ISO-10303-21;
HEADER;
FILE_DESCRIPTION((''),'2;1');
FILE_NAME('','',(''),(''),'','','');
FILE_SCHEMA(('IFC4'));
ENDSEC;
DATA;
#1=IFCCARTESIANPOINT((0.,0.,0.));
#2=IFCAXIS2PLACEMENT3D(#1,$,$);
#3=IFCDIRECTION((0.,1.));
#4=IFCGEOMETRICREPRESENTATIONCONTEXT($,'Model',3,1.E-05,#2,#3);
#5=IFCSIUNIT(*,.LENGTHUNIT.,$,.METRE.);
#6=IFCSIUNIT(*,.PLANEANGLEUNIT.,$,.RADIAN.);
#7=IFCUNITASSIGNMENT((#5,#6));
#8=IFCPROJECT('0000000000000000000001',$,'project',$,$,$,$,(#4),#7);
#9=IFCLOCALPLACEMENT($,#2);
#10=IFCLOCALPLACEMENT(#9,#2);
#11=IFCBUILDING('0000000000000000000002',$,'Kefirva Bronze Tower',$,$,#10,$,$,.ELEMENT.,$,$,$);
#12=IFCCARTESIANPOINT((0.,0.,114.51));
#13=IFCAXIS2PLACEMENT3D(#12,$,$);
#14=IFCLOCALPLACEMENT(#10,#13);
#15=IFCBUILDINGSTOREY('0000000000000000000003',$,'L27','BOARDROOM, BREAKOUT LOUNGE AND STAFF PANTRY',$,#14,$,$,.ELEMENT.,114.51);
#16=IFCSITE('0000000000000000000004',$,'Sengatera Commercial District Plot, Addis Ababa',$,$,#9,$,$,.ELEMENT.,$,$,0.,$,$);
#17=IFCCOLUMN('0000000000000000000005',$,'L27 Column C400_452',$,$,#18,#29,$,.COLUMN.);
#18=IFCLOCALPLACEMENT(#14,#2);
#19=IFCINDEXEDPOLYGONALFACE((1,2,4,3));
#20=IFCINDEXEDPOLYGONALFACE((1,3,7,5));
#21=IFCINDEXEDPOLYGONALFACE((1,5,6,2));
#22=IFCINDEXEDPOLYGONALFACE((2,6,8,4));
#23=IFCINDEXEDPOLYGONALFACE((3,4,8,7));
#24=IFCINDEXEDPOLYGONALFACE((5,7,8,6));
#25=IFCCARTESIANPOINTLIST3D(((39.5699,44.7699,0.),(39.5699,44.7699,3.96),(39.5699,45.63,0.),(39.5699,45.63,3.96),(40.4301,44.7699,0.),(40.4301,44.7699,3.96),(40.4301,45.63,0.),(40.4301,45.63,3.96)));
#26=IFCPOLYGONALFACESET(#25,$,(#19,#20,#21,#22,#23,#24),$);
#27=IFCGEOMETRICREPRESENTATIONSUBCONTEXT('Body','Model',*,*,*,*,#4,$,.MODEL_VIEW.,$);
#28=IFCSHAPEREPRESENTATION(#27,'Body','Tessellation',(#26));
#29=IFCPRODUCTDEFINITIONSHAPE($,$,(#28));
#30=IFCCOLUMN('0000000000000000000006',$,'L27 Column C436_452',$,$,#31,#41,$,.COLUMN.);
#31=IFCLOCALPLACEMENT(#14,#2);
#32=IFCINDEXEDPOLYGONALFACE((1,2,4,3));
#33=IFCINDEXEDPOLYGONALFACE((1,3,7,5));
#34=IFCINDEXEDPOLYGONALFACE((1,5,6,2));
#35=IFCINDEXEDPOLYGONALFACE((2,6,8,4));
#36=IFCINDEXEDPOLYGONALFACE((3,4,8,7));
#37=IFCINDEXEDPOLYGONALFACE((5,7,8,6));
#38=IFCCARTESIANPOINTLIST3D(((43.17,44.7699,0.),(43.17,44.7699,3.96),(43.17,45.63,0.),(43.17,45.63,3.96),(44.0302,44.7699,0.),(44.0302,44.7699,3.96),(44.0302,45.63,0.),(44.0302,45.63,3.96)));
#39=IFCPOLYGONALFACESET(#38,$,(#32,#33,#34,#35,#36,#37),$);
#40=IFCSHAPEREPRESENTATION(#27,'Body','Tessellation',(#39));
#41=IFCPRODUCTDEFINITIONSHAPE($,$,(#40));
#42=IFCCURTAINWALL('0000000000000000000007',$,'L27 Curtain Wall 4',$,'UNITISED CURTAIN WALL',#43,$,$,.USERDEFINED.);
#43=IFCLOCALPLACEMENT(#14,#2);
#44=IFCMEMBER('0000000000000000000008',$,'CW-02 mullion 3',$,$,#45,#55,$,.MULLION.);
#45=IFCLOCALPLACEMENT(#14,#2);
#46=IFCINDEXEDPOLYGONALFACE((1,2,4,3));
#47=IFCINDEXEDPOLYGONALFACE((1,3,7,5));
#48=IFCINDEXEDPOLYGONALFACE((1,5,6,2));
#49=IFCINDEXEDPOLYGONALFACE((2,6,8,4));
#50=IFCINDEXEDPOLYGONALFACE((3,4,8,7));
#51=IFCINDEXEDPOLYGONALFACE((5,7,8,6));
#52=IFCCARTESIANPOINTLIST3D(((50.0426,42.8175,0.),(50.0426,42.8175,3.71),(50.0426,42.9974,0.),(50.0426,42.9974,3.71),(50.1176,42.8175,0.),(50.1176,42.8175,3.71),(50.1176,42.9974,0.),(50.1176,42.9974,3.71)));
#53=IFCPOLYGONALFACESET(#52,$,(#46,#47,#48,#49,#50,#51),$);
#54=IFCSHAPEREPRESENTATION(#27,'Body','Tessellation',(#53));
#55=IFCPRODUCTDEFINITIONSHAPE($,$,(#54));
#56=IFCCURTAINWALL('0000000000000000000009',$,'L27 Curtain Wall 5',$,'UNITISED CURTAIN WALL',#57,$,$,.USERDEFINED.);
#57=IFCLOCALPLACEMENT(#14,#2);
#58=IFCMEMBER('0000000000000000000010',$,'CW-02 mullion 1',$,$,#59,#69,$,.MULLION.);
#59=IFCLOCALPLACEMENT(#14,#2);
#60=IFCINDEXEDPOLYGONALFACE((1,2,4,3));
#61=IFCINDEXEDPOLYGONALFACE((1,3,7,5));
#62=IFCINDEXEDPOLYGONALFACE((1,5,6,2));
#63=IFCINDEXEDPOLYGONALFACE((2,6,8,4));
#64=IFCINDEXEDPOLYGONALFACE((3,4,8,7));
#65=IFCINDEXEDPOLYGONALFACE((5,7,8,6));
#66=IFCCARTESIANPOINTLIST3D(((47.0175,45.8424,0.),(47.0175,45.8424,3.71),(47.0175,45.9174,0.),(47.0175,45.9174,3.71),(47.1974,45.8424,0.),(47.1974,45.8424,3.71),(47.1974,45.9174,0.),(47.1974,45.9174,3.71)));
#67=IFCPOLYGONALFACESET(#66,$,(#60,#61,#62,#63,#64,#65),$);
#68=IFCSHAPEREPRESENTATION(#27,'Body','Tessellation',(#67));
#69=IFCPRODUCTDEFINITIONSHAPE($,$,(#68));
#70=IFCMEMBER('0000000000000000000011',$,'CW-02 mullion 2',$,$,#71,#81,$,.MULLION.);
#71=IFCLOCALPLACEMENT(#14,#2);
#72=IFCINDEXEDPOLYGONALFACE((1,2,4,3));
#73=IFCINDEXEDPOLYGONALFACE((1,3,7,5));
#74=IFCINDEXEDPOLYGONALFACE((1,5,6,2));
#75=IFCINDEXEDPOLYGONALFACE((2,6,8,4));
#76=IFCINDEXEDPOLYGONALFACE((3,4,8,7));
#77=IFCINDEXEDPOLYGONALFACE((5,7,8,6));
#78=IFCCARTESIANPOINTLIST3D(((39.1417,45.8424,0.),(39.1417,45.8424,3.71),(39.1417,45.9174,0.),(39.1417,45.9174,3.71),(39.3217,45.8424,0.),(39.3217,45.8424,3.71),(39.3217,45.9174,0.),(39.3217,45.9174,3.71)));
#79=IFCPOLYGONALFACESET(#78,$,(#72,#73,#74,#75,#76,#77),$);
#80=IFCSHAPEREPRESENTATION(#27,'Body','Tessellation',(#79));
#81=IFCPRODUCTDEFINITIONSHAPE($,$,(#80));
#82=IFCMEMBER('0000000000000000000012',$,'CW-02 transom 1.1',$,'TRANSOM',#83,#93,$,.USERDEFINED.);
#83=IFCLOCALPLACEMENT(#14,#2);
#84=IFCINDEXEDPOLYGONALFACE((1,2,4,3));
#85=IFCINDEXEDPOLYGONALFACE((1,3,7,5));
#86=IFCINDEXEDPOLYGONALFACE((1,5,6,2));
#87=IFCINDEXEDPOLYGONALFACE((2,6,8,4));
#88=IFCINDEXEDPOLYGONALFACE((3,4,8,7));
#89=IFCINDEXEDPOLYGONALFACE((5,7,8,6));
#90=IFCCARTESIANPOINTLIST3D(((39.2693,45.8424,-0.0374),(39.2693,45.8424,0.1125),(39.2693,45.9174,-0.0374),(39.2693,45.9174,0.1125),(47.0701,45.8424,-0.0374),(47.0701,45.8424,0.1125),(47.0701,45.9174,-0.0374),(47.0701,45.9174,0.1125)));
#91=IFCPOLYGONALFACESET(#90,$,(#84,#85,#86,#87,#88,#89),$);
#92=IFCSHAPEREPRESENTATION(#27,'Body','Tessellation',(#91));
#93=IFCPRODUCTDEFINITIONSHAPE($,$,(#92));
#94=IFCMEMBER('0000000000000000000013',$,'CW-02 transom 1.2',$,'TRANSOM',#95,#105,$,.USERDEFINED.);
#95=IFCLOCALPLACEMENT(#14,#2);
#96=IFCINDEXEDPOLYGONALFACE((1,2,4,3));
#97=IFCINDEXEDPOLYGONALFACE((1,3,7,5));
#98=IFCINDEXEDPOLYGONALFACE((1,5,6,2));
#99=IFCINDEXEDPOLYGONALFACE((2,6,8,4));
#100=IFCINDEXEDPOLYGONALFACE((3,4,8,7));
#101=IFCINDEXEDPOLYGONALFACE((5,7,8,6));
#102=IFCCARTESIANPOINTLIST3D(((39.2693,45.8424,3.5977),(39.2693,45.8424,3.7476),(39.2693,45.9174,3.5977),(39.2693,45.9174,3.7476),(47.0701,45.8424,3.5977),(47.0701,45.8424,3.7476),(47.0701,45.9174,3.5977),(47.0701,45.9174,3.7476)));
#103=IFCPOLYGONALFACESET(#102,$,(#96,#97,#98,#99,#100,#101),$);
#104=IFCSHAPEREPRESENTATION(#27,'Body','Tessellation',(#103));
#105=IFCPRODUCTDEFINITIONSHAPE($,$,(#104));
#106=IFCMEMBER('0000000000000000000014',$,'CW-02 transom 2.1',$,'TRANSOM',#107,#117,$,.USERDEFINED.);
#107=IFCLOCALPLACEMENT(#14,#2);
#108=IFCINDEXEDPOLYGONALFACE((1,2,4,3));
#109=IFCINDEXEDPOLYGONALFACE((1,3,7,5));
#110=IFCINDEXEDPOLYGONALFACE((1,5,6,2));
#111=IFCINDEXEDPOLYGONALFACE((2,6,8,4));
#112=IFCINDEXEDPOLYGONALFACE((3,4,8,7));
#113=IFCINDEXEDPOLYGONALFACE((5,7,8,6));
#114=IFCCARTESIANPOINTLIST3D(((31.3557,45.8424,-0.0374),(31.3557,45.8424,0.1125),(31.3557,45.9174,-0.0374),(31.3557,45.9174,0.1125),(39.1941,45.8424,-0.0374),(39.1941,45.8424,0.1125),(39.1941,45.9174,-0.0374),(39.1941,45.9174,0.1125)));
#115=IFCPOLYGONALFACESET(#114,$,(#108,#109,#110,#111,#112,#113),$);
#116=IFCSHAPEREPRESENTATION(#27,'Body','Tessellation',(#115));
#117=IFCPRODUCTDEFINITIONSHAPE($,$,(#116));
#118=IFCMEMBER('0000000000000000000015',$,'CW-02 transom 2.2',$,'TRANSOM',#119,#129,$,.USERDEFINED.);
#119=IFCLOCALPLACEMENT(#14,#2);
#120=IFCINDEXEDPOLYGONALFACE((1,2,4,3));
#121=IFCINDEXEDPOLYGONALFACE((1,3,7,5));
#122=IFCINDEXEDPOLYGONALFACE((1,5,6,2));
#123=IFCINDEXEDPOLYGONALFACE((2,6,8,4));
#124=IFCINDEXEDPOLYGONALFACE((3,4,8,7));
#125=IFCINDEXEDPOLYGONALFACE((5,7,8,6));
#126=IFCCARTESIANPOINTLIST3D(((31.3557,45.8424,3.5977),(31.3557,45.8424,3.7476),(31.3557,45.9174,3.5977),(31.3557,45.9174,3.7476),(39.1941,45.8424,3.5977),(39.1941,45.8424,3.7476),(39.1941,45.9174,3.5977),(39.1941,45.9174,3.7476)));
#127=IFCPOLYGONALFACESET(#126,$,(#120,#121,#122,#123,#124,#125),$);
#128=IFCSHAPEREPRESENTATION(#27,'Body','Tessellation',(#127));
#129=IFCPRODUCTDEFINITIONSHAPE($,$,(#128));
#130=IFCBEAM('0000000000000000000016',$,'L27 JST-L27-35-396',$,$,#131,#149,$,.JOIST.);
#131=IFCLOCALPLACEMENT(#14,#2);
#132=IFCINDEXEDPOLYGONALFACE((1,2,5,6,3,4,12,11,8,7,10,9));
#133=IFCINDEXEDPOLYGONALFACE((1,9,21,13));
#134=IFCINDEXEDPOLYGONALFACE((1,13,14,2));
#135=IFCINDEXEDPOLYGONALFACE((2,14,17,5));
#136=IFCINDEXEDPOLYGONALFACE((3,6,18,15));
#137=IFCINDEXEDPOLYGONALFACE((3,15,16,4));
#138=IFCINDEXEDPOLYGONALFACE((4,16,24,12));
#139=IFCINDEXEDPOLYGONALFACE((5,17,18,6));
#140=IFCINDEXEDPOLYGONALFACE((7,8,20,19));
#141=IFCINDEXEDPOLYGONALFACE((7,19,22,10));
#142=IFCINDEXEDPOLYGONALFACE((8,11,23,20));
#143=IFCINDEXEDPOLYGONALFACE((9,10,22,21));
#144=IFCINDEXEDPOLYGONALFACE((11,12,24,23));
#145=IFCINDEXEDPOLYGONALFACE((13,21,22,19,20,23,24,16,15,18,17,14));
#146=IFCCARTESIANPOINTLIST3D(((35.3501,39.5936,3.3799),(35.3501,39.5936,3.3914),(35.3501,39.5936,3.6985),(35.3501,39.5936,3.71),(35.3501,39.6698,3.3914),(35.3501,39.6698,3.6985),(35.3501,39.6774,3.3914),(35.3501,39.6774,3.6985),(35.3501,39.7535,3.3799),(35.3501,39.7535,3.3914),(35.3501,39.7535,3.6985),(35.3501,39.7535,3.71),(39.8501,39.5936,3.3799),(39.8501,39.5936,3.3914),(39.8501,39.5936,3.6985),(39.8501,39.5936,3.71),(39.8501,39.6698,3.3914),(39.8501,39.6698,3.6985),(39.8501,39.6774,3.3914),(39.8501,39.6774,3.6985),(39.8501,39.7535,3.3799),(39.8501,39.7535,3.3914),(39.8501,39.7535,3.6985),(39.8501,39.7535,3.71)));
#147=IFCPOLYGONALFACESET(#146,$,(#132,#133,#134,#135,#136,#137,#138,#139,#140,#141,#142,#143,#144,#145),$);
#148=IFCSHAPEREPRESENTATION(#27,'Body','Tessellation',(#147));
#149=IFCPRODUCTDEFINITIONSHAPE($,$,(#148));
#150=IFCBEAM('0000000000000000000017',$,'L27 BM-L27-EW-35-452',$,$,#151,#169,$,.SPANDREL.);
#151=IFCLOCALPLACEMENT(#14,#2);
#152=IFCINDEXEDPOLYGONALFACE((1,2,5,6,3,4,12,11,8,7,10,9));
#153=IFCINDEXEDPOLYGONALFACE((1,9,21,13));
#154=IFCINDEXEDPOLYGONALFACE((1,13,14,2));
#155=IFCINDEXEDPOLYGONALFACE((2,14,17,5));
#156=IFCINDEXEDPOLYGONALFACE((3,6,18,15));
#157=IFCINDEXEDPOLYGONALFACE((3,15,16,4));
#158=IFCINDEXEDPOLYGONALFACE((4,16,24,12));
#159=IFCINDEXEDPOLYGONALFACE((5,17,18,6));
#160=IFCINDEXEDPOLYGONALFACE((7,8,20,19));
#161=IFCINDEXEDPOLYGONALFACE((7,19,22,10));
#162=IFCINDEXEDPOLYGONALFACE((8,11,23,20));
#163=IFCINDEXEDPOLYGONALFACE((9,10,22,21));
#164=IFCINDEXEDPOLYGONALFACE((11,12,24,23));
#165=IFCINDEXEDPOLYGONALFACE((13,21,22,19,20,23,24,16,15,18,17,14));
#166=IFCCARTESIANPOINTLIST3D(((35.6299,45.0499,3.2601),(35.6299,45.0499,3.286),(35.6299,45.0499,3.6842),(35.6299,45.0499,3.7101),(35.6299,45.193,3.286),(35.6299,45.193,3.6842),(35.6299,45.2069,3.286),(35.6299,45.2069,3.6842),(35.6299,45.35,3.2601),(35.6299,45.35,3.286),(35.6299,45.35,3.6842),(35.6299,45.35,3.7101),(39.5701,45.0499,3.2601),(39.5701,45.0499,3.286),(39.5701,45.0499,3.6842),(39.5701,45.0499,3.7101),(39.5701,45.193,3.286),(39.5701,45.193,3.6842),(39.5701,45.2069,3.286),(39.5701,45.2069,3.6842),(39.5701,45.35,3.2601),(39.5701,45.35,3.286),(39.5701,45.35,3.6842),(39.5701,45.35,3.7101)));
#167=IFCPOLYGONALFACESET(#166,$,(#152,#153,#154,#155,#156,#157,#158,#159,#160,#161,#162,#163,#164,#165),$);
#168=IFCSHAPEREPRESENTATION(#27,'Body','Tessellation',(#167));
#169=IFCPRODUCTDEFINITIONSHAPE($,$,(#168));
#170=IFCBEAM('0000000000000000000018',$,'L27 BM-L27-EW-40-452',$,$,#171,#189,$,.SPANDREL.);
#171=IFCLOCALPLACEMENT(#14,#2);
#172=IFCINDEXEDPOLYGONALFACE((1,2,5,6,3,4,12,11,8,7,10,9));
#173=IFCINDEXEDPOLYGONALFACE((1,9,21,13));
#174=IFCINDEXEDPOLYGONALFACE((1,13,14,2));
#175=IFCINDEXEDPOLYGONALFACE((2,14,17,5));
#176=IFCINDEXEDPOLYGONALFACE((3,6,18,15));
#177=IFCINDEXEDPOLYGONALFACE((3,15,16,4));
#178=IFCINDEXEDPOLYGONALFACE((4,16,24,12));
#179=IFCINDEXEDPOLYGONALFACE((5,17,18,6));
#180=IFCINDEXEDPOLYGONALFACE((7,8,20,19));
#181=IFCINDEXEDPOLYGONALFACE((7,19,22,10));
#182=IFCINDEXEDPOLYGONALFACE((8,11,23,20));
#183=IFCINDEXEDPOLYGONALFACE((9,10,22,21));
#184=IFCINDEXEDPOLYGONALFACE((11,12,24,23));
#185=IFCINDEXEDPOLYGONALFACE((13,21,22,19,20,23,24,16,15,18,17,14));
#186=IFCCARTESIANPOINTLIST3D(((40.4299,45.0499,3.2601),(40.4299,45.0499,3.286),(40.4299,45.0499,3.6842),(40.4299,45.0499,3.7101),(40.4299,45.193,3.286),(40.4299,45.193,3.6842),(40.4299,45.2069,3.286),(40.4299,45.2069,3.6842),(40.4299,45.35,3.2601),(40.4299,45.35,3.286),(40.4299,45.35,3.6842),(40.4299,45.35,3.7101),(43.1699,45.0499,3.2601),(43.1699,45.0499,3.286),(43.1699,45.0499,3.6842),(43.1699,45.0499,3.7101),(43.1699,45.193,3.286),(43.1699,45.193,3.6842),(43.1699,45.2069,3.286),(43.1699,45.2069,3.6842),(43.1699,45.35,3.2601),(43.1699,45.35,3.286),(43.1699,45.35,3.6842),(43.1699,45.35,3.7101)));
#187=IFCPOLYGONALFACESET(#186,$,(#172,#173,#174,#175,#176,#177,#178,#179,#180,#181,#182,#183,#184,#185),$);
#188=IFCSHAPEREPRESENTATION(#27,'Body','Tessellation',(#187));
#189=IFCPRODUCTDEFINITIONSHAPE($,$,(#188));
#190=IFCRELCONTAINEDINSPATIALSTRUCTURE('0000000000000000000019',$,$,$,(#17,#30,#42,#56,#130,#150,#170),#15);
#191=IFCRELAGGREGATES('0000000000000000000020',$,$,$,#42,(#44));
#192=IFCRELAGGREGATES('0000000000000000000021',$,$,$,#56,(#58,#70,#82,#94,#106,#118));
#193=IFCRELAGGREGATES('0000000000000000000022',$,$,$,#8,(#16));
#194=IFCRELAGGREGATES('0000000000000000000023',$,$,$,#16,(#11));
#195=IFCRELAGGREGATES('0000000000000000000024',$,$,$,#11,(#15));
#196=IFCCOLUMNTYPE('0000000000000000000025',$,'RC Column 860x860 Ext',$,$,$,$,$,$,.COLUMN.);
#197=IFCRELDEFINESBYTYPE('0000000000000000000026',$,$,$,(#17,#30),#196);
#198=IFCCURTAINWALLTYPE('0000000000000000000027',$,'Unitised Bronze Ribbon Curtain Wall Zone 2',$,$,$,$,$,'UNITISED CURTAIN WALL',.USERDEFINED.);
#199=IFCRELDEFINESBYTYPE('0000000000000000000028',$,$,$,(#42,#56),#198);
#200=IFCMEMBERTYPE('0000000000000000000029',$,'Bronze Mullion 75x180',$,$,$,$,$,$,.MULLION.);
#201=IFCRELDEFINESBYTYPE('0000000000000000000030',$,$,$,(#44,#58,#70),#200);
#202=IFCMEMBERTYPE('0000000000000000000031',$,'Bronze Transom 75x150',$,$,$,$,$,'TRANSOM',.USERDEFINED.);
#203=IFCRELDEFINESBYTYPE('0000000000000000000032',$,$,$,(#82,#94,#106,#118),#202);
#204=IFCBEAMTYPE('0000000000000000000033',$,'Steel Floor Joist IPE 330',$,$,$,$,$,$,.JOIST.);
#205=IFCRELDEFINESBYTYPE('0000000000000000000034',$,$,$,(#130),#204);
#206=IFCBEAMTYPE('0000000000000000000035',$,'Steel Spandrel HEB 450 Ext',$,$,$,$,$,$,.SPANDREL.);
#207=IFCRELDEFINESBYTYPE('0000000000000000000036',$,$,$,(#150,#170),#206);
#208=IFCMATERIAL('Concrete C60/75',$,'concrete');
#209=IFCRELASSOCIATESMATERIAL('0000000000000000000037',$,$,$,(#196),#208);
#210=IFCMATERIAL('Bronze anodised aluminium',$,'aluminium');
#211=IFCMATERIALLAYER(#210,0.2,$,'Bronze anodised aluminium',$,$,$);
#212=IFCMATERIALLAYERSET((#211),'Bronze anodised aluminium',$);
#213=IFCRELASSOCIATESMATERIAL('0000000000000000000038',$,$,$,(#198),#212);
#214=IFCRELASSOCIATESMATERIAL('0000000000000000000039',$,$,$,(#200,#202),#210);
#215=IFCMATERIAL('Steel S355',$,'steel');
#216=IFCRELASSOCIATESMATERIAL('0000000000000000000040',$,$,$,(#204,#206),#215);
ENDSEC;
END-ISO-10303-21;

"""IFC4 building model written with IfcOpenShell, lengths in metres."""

from ifc_helpers import new_model, si_unit, direction, frame, origin, origin_2d, place, context, subcontext, project, spatial, rectangle, i_section, extrude, material, layer, layer_set, material_profile, profile_set, type_object, element, aggregate, save


model = new_model("IFC4")

# Units and contexts
model_context = context("Model", 3, precision=1e-05, world=origin(), true_north=direction((0.0, 1.0)))
body_context = subcontext(model_context, "Body", "Model", "MODEL_VIEW")
ifc_project = project(units=[si_unit("LENGTHUNIT", "METRE"), si_unit("PLANEANGLEUNIT", "RADIAN")], contexts=[model_context])

# Site, building, storey
site_placement = place(None, origin())
site = spatial("IfcSite", under=ifc_project, at=site_placement, Name="Sengatera Commercial District Plot, Addis Ababa", CompositionType="ELEMENT", RefElevation=0.0)
building_placement = place(site_placement, origin())
building = spatial("IfcBuilding", under=site, at=building_placement, Name="Kefirva Bronze Tower", CompositionType="ELEMENT")
storey_placement = place(building_placement, frame((0.0, 0.0, 114.51)))
storey = spatial("IfcBuildingStorey", under=building, at=storey_placement, Name="L27", Description="BOARDROOM, BREAKOUT LOUNGE AND STAFF PANTRY", CompositionType="ELEMENT", Elevation=114.51)

# Columns
ifc_material_1 = material(Name="Concrete C60/75", Category="concrete")
ifc_material_profile_1 = material_profile(ifc_material_1, rectangle(XDim=0.8601, YDim=0.8601, at=origin_2d()), Name="RC 860x860")
ifc_profile_set_1 = profile_set([ifc_material_profile_1], Name="Concrete C60/75")
column_type = type_object("IfcColumnType", Name="RC Column 860x860 Ext", PredefinedType="COLUMN", material=ifc_profile_set_1)
for number, where, z_axis, x_axis, name in (
    (1, (40.0, 45.2, 0.0), (0.0, 0.0, 1.0), (1.0, 0.0, 0.0), "L27 Column C400_452"),
    (2, (43.6001, 45.2, 0.0), (0.0, 0.0, 1.0), (1.0, 0.0, 0.0), "L27 Column C436_452"),
):
    element("IfcColumn", number, at=place(storey_placement, frame(where, z_axis=z_axis, x_axis=x_axis)), inside=storey, type_object=column_type, Name=name, PredefinedType="COLUMN", context=body_context, shape_type="SweptSolid", body=[
        extrude(rectangle(XDim=0.8601, YDim=0.8601, at=origin_2d()), origin(), (0.0, 0.0, 1.0), 3.96),
    ])

# Curtain wall, member
ifc_material_2 = material(Name="Bronze anodised aluminium", Category="aluminium")
ifc_layer_1 = layer(ifc_material_2, 0.2, Name="Bronze anodised aluminium")
ifc_layer_set_1 = layer_set([ifc_layer_1], Name="Bronze anodised aluminium")
curtain_wall_type = type_object("IfcCurtainWallType", Name="Unitised Bronze Ribbon Curtain Wall Zone 2", ElementType="UNITISED CURTAIN WALL", PredefinedType="USERDEFINED", material=ifc_layer_set_1)
curtain_wall_1_placement = place(storey_placement, origin())
curtain_wall_1 = element("IfcCurtainWall", 3, at=curtain_wall_1_placement, inside=storey, type_object=curtain_wall_type, Name="L27 Curtain Wall 4", ObjectType="UNITISED CURTAIN WALL", PredefinedType="USERDEFINED")
ifc_material_profile_2 = material_profile(ifc_material_2, rectangle(XDim=0.075, YDim=0.1799, at=origin_2d()), Name="ALU 75x180")
ifc_profile_set_2 = profile_set([ifc_material_profile_2], Name="Bronze anodised aluminium")
member_type_1 = type_object("IfcMemberType", Name="Bronze Mullion 75x180", PredefinedType="MULLION", material=ifc_profile_set_2)
member_1_placement = place(storey_placement, frame((50.0801, 42.9075, 0.0), z_axis=(0.0, 0.0, 1.0), x_axis=(-1.0, 0.0, 0.0)))
member_1 = element("IfcMember", 4, at=member_1_placement, type_object=member_type_1, Name="CW-02 mullion 3", PredefinedType="MULLION", context=body_context, shape_type="SweptSolid", body=[
    extrude(rectangle(XDim=0.075, YDim=0.1799, at=origin_2d()), origin(), (0.0, 0.0, 1.0), 3.71),
])
aggregate(curtain_wall_1, [member_1])

# Curtain wall, members
curtain_wall_2_placement = place(storey_placement, origin())
curtain_wall_2 = element("IfcCurtainWall", 5, at=curtain_wall_2_placement, inside=storey, type_object=curtain_wall_type, Name="L27 Curtain Wall 5", ObjectType="UNITISED CURTAIN WALL", PredefinedType="USERDEFINED")
member_2_placement = place(storey_placement, frame((47.1074, 45.8799, 0.0), z_axis=(0.0, 0.0, 1.0), x_axis=(0.0, -1.0, 0.0)))
member_2 = element("IfcMember", 6, at=member_2_placement, type_object=member_type_1, Name="CW-02 mullion 1", PredefinedType="MULLION", context=body_context, shape_type="SweptSolid", body=[
    extrude(rectangle(XDim=0.075, YDim=0.1799, at=origin_2d()), origin(), (0.0, 0.0, 1.0), 3.71),
])
member_3_placement = place(storey_placement, frame((39.2317, 45.8799, 0.0), z_axis=(0.0, 0.0, 1.0), x_axis=(0.0, -1.0, 0.0)))
member_3 = element("IfcMember", 7, at=member_3_placement, type_object=member_type_1, Name="CW-02 mullion 2", PredefinedType="MULLION", context=body_context, shape_type="SweptSolid", body=[
    extrude(rectangle(XDim=0.075, YDim=0.1799, at=origin_2d()), origin(), (0.0, 0.0, 1.0), 3.71),
])
ifc_material_profile_3 = material_profile(ifc_material_2, rectangle(XDim=0.075, YDim=0.1499, at=origin_2d()), Name="ALU 75x150")
ifc_profile_set_3 = profile_set([ifc_material_profile_3], Name="Bronze anodised aluminium")
member_type_2 = type_object("IfcMemberType", Name="Bronze Transom 75x150", ElementType="TRANSOM", PredefinedType="USERDEFINED", material=ifc_profile_set_3)
member_4_placement = place(storey_placement, frame((47.0701, 45.8799, 0.0376), z_axis=(-1.0, 0.0, 0.0), x_axis=(0.0, -1.0, 0.0)))
member_4 = element("IfcMember", 8, at=member_4_placement, type_object=member_type_2, Name="CW-02 transom 1.1", ObjectType="TRANSOM", PredefinedType="USERDEFINED", context=body_context, shape_type="SweptSolid", body=[
    extrude(rectangle(XDim=0.075, YDim=0.1499, at=origin_2d()), origin(), (0.0, 0.0, 1.0), 7.8008),
])
member_5_placement = place(storey_placement, frame((47.0701, 45.8799, 3.6726), z_axis=(-1.0, 0.0, 0.0), x_axis=(0.0, -1.0, 0.0)))
member_5 = element("IfcMember", 9, at=member_5_placement, type_object=member_type_2, Name="CW-02 transom 1.2", ObjectType="TRANSOM", PredefinedType="USERDEFINED", context=body_context, shape_type="SweptSolid", body=[
    extrude(rectangle(XDim=0.075, YDim=0.1499, at=origin_2d()), origin(), (0.0, 0.0, 1.0), 7.8008),
])
member_6_placement = place(storey_placement, frame((39.1941, 45.8799, 0.0376), z_axis=(-1.0, 0.0, 0.0), x_axis=(0.0, -1.0, 0.0)))
member_6 = element("IfcMember", 10, at=member_6_placement, type_object=member_type_2, Name="CW-02 transom 2.1", ObjectType="TRANSOM", PredefinedType="USERDEFINED", context=body_context, shape_type="SweptSolid", body=[
    extrude(rectangle(XDim=0.075, YDim=0.1499, at=origin_2d()), origin(), (0.0, 0.0, 1.0), 7.8384),
])
member_7_placement = place(storey_placement, frame((39.1941, 45.8799, 3.6726), z_axis=(-1.0, 0.0, 0.0), x_axis=(0.0, -1.0, 0.0)))
member_7 = element("IfcMember", 11, at=member_7_placement, type_object=member_type_2, Name="CW-02 transom 2.2", ObjectType="TRANSOM", PredefinedType="USERDEFINED", context=body_context, shape_type="SweptSolid", body=[
    extrude(rectangle(XDim=0.075, YDim=0.1499, at=origin_2d()), origin(), (0.0, 0.0, 1.0), 7.8384),
])

# Beams
ifc_material_3 = material(Name="Steel S355", Category="steel")
ifc_material_profile_4 = material_profile(ifc_material_3, i_section(OverallWidth=0.1599, OverallDepth=0.3301, WebThickness=0.0076, FlangeThickness=0.0115, at=origin_2d()), Name="IPE 330")
ifc_profile_set_4 = profile_set([ifc_material_profile_4], Name="Steel S355")
beam_type_1 = type_object("IfcBeamType", Name="Steel Floor Joist IPE 330", PredefinedType="JOIST", material=ifc_profile_set_4)
beam_1_placement = place(storey_placement, frame((35.3501, 39.6736, 3.5449), z_axis=(1.0, 0.0, 0.0), x_axis=(0.0, 1.0, 0.0)))
element("IfcBeam", 12, at=beam_1_placement, inside=storey, type_object=beam_type_1, Name="L27 JST-L27-35-396", PredefinedType="JOIST", context=body_context, shape_type="SweptSolid", body=[
    extrude(i_section(OverallWidth=0.1599, OverallDepth=0.3301, WebThickness=0.0076, FlangeThickness=0.0115, at=origin_2d()), origin(), (0.0, 0.0, 1.0), 4.5),
])
ifc_material_profile_5 = material_profile(ifc_material_3, i_section(OverallWidth=0.3, OverallDepth=0.45, WebThickness=0.0139, FlangeThickness=0.0259, at=origin_2d()), Name="HEB 450")
ifc_profile_set_5 = profile_set([ifc_material_profile_5], Name="Steel S355")
beam_type_2 = type_object("IfcBeamType", Name="Steel Spandrel HEB 450 Ext", PredefinedType="SPANDREL", material=ifc_profile_set_5)
beam_2_placement = place(storey_placement, frame((35.6299, 45.2, 3.4851), z_axis=(1.0, 0.0, 0.0), x_axis=(0.0, 1.0, 0.0)))
element("IfcBeam", 13, at=beam_2_placement, inside=storey, type_object=beam_type_2, Name="L27 BM-L27-EW-35-452", PredefinedType="SPANDREL", context=body_context, shape_type="SweptSolid", body=[
    extrude(i_section(OverallWidth=0.3, OverallDepth=0.45, WebThickness=0.0139, FlangeThickness=0.0259, at=origin_2d()), origin(), (0.0, 0.0, 1.0), 3.9402),
])
beam_3_placement = place(storey_placement, frame((40.4299, 45.2, 3.4851), z_axis=(1.0, 0.0, 0.0), x_axis=(0.0, 1.0, 0.0)))
element("IfcBeam", 14, at=beam_3_placement, inside=storey, type_object=beam_type_2, Name="L27 BM-L27-EW-40-452", PredefinedType="SPANDREL", context=body_context, shape_type="SweptSolid", body=[
    extrude(i_section(OverallWidth=0.3, OverallDepth=0.45, WebThickness=0.0139, FlangeThickness=0.0259, at=origin_2d()), origin(), (0.0, 0.0, 1.0), 2.74),
])

aggregate(curtain_wall_2, [member_2, member_3, member_4, member_5, member_6, member_7])

save(model, "model.ifc")
